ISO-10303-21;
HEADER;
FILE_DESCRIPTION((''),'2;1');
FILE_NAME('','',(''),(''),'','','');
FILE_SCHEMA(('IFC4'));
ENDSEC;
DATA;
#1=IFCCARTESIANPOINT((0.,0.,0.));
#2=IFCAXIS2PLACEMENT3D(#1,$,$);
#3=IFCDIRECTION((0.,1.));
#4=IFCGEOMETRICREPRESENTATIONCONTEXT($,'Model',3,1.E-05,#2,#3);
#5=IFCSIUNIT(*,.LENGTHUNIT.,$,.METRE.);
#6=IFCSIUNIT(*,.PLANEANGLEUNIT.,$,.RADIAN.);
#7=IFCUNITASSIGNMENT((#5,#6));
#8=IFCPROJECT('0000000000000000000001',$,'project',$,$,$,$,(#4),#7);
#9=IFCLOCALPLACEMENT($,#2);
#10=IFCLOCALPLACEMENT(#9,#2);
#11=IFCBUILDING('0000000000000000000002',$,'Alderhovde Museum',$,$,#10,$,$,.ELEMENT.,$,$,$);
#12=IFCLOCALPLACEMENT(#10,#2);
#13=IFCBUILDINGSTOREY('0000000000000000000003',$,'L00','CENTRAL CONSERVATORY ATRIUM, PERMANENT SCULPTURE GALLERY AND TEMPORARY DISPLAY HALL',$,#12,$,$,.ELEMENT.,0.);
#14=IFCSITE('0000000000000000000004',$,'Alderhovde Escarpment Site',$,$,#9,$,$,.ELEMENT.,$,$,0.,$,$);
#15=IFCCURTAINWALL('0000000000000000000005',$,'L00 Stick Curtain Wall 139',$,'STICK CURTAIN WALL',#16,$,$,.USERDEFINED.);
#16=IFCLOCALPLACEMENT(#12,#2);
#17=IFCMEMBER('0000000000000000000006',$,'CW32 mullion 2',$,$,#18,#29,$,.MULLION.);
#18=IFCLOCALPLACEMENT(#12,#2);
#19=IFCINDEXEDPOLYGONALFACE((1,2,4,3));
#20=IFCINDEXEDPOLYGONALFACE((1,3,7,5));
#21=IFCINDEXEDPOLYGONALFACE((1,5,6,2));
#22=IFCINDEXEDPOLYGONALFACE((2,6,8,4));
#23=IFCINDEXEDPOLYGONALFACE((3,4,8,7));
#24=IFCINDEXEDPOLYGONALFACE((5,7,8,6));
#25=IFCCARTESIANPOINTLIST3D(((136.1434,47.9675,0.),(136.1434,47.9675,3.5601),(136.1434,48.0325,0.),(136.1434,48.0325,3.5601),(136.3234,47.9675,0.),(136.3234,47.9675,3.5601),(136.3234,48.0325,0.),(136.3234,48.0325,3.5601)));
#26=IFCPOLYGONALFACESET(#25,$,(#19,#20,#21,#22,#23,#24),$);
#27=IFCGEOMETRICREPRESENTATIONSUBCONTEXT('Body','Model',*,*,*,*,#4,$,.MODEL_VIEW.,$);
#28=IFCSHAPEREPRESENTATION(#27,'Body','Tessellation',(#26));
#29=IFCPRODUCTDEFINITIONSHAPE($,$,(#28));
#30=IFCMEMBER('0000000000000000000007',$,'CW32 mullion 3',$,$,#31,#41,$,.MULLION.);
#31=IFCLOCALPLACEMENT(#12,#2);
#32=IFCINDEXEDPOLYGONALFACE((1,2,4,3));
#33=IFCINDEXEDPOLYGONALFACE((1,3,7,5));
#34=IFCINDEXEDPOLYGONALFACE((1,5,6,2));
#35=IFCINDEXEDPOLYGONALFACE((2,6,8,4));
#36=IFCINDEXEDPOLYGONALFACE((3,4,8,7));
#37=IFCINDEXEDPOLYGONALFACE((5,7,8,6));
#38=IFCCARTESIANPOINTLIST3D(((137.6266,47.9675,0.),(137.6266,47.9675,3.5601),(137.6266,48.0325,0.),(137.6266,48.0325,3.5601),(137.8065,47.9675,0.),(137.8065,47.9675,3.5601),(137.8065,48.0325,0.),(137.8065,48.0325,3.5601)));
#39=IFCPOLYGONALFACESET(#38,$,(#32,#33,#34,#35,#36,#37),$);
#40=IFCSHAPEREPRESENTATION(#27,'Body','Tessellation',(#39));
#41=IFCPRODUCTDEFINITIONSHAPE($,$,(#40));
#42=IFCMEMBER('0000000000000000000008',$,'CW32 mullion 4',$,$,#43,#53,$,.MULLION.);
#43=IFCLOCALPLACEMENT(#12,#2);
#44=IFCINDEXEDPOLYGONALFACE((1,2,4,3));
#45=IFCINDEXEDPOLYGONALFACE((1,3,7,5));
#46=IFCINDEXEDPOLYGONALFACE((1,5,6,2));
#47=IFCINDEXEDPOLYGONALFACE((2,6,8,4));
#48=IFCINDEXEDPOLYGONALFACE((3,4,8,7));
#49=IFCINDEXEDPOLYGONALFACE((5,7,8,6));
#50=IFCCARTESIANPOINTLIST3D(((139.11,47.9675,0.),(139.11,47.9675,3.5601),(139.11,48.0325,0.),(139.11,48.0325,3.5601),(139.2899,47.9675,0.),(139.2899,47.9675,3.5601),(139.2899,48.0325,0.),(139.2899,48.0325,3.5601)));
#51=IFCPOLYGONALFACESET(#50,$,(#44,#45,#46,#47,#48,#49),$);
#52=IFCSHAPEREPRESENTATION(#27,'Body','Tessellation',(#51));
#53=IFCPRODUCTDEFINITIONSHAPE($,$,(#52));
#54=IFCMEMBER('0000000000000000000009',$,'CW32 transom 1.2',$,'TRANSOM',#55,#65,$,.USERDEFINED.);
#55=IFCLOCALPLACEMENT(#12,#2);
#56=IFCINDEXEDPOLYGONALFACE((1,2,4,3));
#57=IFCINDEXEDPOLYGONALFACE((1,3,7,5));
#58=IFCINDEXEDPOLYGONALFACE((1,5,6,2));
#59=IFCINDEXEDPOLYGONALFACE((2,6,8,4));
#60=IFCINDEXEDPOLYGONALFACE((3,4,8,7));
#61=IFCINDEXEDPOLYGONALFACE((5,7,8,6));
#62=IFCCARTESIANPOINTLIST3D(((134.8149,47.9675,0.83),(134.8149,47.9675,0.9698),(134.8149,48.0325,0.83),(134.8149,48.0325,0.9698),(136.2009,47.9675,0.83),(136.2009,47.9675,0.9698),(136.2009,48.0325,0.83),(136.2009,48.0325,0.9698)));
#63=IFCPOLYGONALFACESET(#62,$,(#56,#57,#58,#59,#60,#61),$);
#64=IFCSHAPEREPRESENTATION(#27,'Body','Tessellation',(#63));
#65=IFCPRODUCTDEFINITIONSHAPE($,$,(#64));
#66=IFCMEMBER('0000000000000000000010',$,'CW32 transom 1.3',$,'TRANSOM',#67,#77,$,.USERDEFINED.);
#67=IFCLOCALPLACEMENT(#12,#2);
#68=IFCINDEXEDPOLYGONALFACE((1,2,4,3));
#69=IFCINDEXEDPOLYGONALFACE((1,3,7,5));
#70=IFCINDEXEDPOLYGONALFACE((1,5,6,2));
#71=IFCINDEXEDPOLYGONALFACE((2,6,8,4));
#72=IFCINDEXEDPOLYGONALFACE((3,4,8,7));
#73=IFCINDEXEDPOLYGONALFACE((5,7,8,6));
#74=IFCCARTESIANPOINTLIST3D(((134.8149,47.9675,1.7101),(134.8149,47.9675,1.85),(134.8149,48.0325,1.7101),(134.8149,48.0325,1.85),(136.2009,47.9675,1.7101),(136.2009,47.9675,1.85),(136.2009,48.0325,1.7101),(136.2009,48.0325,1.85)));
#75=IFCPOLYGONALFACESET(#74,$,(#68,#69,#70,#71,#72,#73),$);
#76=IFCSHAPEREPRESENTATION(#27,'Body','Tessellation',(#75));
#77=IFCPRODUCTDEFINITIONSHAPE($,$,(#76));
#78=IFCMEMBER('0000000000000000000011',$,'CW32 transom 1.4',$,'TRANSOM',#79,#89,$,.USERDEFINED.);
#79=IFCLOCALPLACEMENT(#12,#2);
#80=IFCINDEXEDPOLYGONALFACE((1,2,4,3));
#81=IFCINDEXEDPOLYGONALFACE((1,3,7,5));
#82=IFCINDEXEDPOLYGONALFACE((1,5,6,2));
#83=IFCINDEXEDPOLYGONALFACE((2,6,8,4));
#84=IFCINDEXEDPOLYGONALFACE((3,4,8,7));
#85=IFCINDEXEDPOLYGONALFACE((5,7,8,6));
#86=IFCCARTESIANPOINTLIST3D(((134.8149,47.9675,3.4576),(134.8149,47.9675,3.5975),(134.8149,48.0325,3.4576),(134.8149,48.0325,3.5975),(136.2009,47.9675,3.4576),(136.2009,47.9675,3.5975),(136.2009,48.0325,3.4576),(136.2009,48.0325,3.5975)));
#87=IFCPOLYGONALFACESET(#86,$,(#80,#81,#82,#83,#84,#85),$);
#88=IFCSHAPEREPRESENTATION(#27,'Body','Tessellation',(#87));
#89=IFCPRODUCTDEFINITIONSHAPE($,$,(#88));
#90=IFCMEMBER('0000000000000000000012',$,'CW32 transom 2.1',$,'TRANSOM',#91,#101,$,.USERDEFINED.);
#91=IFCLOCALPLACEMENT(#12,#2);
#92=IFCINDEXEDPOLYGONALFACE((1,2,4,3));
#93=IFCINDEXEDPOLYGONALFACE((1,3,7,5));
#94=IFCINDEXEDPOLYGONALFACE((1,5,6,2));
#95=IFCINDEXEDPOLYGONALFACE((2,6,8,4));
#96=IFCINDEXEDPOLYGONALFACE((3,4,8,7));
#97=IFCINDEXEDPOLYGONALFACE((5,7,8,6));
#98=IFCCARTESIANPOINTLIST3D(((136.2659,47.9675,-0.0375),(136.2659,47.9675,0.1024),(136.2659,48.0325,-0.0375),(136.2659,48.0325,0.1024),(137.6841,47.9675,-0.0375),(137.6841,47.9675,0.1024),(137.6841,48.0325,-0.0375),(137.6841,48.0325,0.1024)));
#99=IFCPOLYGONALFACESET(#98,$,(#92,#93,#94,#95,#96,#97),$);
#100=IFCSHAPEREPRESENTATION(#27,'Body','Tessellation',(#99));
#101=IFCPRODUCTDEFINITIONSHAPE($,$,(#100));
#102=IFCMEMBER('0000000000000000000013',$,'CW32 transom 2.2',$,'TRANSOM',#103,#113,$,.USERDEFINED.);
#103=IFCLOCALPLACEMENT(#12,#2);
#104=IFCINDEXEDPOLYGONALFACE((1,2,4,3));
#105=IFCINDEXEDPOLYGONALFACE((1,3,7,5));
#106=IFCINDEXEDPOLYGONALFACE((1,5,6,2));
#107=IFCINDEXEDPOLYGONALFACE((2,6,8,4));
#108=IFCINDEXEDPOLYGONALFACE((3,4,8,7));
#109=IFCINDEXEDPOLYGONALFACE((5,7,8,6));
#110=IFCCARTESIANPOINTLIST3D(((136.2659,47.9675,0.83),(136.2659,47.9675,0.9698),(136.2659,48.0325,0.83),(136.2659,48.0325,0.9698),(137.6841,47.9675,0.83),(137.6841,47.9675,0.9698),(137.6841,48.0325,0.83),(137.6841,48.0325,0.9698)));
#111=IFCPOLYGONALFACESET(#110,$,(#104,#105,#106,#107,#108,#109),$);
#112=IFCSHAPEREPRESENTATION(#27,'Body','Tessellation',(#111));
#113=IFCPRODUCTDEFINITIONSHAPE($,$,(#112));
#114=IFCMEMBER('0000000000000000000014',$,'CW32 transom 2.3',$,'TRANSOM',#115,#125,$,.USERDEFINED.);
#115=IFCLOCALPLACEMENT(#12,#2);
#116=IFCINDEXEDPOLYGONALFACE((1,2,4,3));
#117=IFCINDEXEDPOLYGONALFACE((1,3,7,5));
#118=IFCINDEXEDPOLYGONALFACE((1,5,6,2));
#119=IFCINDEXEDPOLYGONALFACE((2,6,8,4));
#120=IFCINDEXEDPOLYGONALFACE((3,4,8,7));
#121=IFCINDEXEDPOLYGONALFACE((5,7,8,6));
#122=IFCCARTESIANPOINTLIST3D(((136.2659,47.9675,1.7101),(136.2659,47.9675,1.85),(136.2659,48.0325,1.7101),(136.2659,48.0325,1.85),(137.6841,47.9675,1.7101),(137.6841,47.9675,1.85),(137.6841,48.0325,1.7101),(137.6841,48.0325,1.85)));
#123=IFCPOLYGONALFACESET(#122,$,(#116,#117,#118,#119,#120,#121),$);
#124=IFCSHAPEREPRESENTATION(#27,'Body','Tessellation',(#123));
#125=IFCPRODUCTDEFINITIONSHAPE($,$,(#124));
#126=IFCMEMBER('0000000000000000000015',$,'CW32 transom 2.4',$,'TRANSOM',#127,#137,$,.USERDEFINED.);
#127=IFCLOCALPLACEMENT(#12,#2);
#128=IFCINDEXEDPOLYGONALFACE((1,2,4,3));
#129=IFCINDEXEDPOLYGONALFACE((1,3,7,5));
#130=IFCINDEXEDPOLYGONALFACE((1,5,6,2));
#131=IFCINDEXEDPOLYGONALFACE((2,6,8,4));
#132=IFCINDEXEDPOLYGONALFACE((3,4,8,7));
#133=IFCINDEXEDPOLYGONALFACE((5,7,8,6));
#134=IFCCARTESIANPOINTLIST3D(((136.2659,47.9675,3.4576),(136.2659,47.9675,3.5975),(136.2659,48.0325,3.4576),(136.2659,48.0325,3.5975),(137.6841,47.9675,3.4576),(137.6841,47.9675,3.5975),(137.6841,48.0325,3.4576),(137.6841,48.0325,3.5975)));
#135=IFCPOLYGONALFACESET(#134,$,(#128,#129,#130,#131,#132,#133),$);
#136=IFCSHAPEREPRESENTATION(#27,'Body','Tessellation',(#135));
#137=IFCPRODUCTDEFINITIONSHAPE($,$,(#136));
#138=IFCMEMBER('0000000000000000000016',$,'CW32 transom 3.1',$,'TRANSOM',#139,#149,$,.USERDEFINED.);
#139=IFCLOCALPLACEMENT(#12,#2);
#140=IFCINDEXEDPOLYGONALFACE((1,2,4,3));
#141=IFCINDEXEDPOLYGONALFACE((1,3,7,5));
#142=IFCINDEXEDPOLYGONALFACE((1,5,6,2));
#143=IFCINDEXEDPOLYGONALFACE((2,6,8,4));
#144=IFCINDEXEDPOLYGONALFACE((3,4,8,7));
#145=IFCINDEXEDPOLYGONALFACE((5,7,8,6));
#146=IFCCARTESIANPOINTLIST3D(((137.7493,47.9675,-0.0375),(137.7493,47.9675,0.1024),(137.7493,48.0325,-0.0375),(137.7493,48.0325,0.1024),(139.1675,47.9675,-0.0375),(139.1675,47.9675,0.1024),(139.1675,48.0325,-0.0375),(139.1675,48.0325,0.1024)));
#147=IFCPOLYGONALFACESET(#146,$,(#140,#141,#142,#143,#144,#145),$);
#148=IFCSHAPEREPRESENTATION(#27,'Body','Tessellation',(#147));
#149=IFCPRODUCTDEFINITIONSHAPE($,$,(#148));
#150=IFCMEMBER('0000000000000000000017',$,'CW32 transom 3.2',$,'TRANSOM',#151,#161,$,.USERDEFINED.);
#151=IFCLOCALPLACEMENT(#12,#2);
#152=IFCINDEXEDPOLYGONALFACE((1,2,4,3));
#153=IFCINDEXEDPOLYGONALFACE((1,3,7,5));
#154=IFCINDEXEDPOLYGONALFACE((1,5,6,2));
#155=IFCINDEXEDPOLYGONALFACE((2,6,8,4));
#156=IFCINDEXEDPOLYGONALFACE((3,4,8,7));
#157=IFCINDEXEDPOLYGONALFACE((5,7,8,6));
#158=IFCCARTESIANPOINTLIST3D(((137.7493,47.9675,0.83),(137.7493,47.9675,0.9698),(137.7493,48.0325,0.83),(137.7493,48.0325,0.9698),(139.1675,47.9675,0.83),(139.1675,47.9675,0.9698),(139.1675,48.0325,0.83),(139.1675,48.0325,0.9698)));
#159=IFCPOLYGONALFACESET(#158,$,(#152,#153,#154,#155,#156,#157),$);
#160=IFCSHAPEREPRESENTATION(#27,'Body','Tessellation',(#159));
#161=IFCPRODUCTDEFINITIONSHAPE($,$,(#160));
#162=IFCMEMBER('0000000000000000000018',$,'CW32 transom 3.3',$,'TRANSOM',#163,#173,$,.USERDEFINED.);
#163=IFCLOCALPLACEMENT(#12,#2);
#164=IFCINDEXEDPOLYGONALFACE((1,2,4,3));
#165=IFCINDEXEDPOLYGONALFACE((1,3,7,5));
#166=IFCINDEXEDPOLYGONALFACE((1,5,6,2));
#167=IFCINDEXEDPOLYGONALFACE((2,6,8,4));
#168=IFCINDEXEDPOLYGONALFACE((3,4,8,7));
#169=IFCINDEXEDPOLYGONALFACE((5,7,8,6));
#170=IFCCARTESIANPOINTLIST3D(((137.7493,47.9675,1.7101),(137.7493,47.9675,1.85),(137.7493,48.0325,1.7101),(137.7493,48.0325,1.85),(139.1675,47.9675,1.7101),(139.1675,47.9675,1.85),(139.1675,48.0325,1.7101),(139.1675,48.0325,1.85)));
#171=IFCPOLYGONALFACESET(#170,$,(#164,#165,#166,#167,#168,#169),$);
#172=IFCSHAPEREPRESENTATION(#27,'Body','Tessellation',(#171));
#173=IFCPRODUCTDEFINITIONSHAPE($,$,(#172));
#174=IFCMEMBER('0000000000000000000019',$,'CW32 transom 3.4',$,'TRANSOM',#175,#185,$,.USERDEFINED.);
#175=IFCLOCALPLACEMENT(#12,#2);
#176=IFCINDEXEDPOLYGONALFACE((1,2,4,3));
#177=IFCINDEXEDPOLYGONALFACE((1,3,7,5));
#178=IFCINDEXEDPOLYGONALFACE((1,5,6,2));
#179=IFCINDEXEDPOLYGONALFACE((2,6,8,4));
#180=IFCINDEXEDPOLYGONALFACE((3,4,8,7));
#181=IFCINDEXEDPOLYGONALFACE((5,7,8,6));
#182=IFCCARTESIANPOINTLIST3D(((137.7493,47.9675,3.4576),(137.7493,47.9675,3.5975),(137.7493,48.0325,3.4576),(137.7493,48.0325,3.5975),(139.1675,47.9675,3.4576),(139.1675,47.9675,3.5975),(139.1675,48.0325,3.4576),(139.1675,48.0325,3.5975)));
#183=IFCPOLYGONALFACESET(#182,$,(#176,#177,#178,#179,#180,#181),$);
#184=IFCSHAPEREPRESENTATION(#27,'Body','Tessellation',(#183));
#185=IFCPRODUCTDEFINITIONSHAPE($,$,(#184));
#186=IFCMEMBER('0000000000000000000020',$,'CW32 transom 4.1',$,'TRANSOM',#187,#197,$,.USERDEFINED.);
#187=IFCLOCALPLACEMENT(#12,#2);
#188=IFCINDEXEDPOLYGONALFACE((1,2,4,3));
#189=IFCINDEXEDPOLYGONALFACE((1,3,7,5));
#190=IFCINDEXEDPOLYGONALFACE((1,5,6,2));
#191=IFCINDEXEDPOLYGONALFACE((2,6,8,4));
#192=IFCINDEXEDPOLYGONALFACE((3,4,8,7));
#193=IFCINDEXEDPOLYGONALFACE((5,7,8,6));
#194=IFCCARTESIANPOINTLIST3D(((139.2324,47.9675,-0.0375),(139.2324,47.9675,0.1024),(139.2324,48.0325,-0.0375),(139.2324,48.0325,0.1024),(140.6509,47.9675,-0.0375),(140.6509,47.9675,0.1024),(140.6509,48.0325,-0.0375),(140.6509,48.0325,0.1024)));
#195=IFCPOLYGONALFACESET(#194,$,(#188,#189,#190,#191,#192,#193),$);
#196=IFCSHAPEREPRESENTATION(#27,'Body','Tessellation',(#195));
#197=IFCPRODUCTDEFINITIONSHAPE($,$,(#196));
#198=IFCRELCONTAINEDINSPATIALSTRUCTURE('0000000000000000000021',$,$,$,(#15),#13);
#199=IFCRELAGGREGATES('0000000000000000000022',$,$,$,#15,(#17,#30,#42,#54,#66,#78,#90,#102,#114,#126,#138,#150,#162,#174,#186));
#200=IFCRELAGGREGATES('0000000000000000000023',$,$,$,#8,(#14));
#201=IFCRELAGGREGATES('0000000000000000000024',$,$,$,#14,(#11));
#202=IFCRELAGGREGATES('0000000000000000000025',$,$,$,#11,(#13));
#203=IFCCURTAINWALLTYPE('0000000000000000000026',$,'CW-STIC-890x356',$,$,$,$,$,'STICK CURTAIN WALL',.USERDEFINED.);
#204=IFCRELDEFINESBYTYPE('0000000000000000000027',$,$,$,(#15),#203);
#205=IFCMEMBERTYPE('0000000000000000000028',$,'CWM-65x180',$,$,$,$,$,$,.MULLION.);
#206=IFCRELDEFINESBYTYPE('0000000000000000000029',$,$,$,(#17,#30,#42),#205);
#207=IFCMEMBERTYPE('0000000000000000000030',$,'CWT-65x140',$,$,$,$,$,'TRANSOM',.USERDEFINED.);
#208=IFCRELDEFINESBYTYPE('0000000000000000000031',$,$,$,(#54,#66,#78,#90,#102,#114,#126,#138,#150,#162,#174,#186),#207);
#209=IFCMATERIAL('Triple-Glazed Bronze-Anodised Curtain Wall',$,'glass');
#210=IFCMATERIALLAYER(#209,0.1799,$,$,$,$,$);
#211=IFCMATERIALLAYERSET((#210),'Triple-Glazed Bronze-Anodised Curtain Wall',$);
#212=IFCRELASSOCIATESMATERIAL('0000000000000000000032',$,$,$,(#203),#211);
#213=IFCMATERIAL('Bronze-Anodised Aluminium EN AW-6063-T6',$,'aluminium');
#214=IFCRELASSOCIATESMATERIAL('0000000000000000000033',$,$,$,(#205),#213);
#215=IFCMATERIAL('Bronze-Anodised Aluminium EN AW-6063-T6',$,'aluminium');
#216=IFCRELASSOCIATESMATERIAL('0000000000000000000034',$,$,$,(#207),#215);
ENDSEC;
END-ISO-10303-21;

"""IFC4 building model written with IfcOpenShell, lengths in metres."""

from ifc_helpers import new_model, si_unit, direction, frame, origin, origin_2d, place, context, subcontext, project, spatial, rectangle, extrude, material, layer, layer_set, material_profile, profile_set, type_object, element, aggregate, save


model = new_model("IFC4")

# Units and contexts
model_context = context("Model", 3, precision=1e-05, world=origin(), true_north=direction((0.0, 1.0)))
body_context = subcontext(model_context, "Body", "Model", "MODEL_VIEW")
ifc_project = project(units=[si_unit("LENGTHUNIT", "METRE"), si_unit("PLANEANGLEUNIT", "RADIAN")], contexts=[model_context])

# Site, building, storey
site_placement = place(None, origin())
site = spatial("IfcSite", under=ifc_project, at=site_placement, Name="Alderhovde Escarpment Site", CompositionType="ELEMENT", RefElevation=0.0)
building_placement = place(site_placement, origin())
building = spatial("IfcBuilding", under=site, at=building_placement, Name="Alderhovde Museum", CompositionType="ELEMENT")
storey_placement = place(building_placement, origin())
storey = spatial("IfcBuildingStorey", under=building, at=storey_placement, Name="L00", Description="CENTRAL CONSERVATORY ATRIUM, PERMANENT SCULPTURE GALLERY AND TEMPORARY DISPLAY HALL", CompositionType="ELEMENT", Elevation=0.0)

# Curtain wall, members
ifc_material_1 = material(Name="Triple-Glazed Bronze-Anodised Curtain Wall", Category="glass")
ifc_layer_1 = layer(ifc_material_1, 0.1799)
ifc_layer_set_1 = layer_set([ifc_layer_1], Name="Triple-Glazed Bronze-Anodised Curtain Wall")
curtain_wall_type = type_object("IfcCurtainWallType", Name="CW-STIC-890x356", ElementType="STICK CURTAIN WALL", PredefinedType="USERDEFINED", material=ifc_layer_set_1)
curtain_wall_placement = place(storey_placement, origin())
curtain_wall = element("IfcCurtainWall", 1, at=curtain_wall_placement, inside=storey, type_object=curtain_wall_type, Name="L00 Stick Curtain Wall 139", ObjectType="STICK CURTAIN WALL", PredefinedType="USERDEFINED")
ifc_material_2 = material(Name="Bronze-Anodised Aluminium EN AW-6063-T6", Category="aluminium")
ifc_material_profile_1 = material_profile(ifc_material_2, rectangle(XDim=0.0649, YDim=0.1799, at=origin_2d()), Name="MULLION 65x180")
ifc_profile_set_1 = profile_set([ifc_material_profile_1], Name="Bronze-Anodised Aluminium EN AW-6063-T6")
member_type_1 = type_object("IfcMemberType", Name="CWM-65x180", PredefinedType="MULLION", material=ifc_profile_set_1)
member_1_placement = place(storey_placement, frame((136.2334, 48.0, 0.0), z_axis=(0.0, 0.0, 1.0), x_axis=(0.0, 1.0, 0.0)))
member_1 = element("IfcMember", 2, at=member_1_placement, type_object=member_type_1, Name="CW32 mullion 2", PredefinedType="MULLION", context=body_context, shape_type="SweptSolid", body=[
    extrude(rectangle(XDim=0.0649, YDim=0.1799, at=origin_2d()), origin(), (0.0, 0.0, 1.0), 3.5601),
])
member_2_placement = place(storey_placement, frame((137.7166, 48.0, 0.0), z_axis=(0.0, 0.0, 1.0), x_axis=(0.0, 1.0, 0.0)))
member_2 = element("IfcMember", 3, at=member_2_placement, type_object=member_type_1, Name="CW32 mullion 3", PredefinedType="MULLION", context=body_context, shape_type="SweptSolid", body=[
    extrude(rectangle(XDim=0.0649, YDim=0.1799, at=origin_2d()), origin(), (0.0, 0.0, 1.0), 3.5601),
])
member_3_placement = place(storey_placement, frame((139.2, 48.0, 0.0), z_axis=(0.0, 0.0, 1.0), x_axis=(0.0, 1.0, 0.0)))
member_3 = element("IfcMember", 4, at=member_3_placement, type_object=member_type_1, Name="CW32 mullion 4", PredefinedType="MULLION", context=body_context, shape_type="SweptSolid", body=[
    extrude(rectangle(XDim=0.0649, YDim=0.1799, at=origin_2d()), origin(), (0.0, 0.0, 1.0), 3.5601),
])
ifc_material_3 = material(Name="Bronze-Anodised Aluminium EN AW-6063-T6", Category="aluminium")
ifc_material_profile_2 = material_profile(ifc_material_3, rectangle(XDim=0.0649, YDim=0.1399, at=origin_2d()), Name="TRANSOM 65x140")
ifc_profile_set_2 = profile_set([ifc_material_profile_2], Name="Bronze-Anodised Aluminium EN AW-6063-T6")
member_type_2 = type_object("IfcMemberType", Name="CWT-65x140", ElementType="TRANSOM", PredefinedType="USERDEFINED", material=ifc_profile_set_2)
member_4_placement = place(storey_placement, frame((134.8149, 48.0, 0.8999), z_axis=(1.0, 0.0, 0.0), x_axis=(0.0, 1.0, 0.0)))
member_4 = element("IfcMember", 5, at=member_4_placement, type_object=member_type_2, Name="CW32 transom 1.2", ObjectType="TRANSOM", PredefinedType="USERDEFINED", context=body_context, shape_type="SweptSolid", body=[
    extrude(rectangle(XDim=0.0649, YDim=0.1399, at=origin_2d()), origin(), (0.0, 0.0, 1.0), 1.386),
])
member_5_placement = place(storey_placement, frame((134.8149, 48.0, 1.78), z_axis=(1.0, 0.0, 0.0), x_axis=(0.0, 1.0, 0.0)))
member_5 = element("IfcMember", 6, at=member_5_placement, type_object=member_type_2, Name="CW32 transom 1.3", ObjectType="TRANSOM", PredefinedType="USERDEFINED", context=body_context, shape_type="SweptSolid", body=[
    extrude(rectangle(XDim=0.0649, YDim=0.1399, at=origin_2d()), origin(), (0.0, 0.0, 1.0), 1.386),
])
member_6_placement = place(storey_placement, frame((134.8149, 48.0, 3.5276), z_axis=(1.0, 0.0, 0.0), x_axis=(0.0, 1.0, 0.0)))
member_6 = element("IfcMember", 7, at=member_6_placement, type_object=member_type_2, Name="CW32 transom 1.4", ObjectType="TRANSOM", PredefinedType="USERDEFINED", context=body_context, shape_type="SweptSolid", body=[
    extrude(rectangle(XDim=0.0649, YDim=0.1399, at=origin_2d()), origin(), (0.0, 0.0, 1.0), 1.386),
])
member_7_placement = place(storey_placement, frame((136.2659, 48.0, 0.0325), z_axis=(1.0, 0.0, 0.0), x_axis=(0.0, 1.0, 0.0)))
member_7 = element("IfcMember", 8, at=member_7_placement, type_object=member_type_2, Name="CW32 transom 2.1", ObjectType="TRANSOM", PredefinedType="USERDEFINED", context=body_context, shape_type="SweptSolid", body=[
    extrude(rectangle(XDim=0.0649, YDim=0.1399, at=origin_2d()), origin(), (0.0, 0.0, 1.0), 1.4182),
])
member_8_placement = place(storey_placement, frame((136.2659, 48.0, 0.8999), z_axis=(1.0, 0.0, 0.0), x_axis=(0.0, 1.0, 0.0)))
member_8 = element("IfcMember", 9, at=member_8_placement, type_object=member_type_2, Name="CW32 transom 2.2", ObjectType="TRANSOM", PredefinedType="USERDEFINED", context=body_context, shape_type="SweptSolid", body=[
    extrude(rectangle(XDim=0.0649, YDim=0.1399, at=origin_2d()), origin(), (0.0, 0.0, 1.0), 1.4182),
])
member_9_placement = place(storey_placement, frame((136.2659, 48.0, 1.78), z_axis=(1.0, 0.0, 0.0), x_axis=(0.0, 1.0, 0.0)))
member_9 = element("IfcMember", 10, at=member_9_placement, type_object=member_type_2, Name="CW32 transom 2.3", ObjectType="TRANSOM", PredefinedType="USERDEFINED", context=body_context, shape_type="SweptSolid", body=[
    extrude(rectangle(XDim=0.0649, YDim=0.1399, at=origin_2d()), origin(), (0.0, 0.0, 1.0), 1.4182),
])
member_10_placement = place(storey_placement, frame((136.2659, 48.0, 3.5276), z_axis=(1.0, 0.0, 0.0), x_axis=(0.0, 1.0, 0.0)))
member_10 = element("IfcMember", 11, at=member_10_placement, type_object=member_type_2, Name="CW32 transom 2.4", ObjectType="TRANSOM", PredefinedType="USERDEFINED", context=body_context, shape_type="SweptSolid", body=[
    extrude(rectangle(XDim=0.0649, YDim=0.1399, at=origin_2d()), origin(), (0.0, 0.0, 1.0), 1.4182),
])
member_11_placement = place(storey_placement, frame((137.7493, 48.0, 0.0325), z_axis=(1.0, 0.0, 0.0), x_axis=(0.0, 1.0, 0.0)))
member_11 = element("IfcMember", 12, at=member_11_placement, type_object=member_type_2, Name="CW32 transom 3.1", ObjectType="TRANSOM", PredefinedType="USERDEFINED", context=body_context, shape_type="SweptSolid", body=[
    extrude(rectangle(XDim=0.0649, YDim=0.1399, at=origin_2d()), origin(), (0.0, 0.0, 1.0), 1.4182),
])
member_12_placement = place(storey_placement, frame((137.7493, 48.0, 0.8999), z_axis=(1.0, 0.0, 0.0), x_axis=(0.0, 1.0, 0.0)))
member_12 = element("IfcMember", 13, at=member_12_placement, type_object=member_type_2, Name="CW32 transom 3.2", ObjectType="TRANSOM", PredefinedType="USERDEFINED", context=body_context, shape_type="SweptSolid", body=[
    extrude(rectangle(XDim=0.0649, YDim=0.1399, at=origin_2d()), origin(), (0.0, 0.0, 1.0), 1.4182),
])
member_13_placement = place(storey_placement, frame((137.7493, 48.0, 1.78), z_axis=(1.0, 0.0, 0.0), x_axis=(0.0, 1.0, 0.0)))
member_13 = element("IfcMember", 14, at=member_13_placement, type_object=member_type_2, Name="CW32 transom 3.3", ObjectType="TRANSOM", PredefinedType="USERDEFINED", context=body_context, shape_type="SweptSolid", body=[
    extrude(rectangle(XDim=0.0649, YDim=0.1399, at=origin_2d()), origin(), (0.0, 0.0, 1.0), 1.4182),
])
member_14_placement = place(storey_placement, frame((137.7493, 48.0, 3.5276), z_axis=(1.0, 0.0, 0.0), x_axis=(0.0, 1.0, 0.0)))
member_14 = element("IfcMember", 15, at=member_14_placement, type_object=member_type_2, Name="CW32 transom 3.4", ObjectType="TRANSOM", PredefinedType="USERDEFINED", context=body_context, shape_type="SweptSolid", body=[
    extrude(rectangle(XDim=0.0649, YDim=0.1399, at=origin_2d()), origin(), (0.0, 0.0, 1.0), 1.4182),
])
member_15_placement = place(storey_placement, frame((139.2324, 48.0, 0.0325), z_axis=(1.0, 0.0, 0.0), x_axis=(0.0, 1.0, 0.0)))
member_15 = element("IfcMember", 16, at=member_15_placement, type_object=member_type_2, Name="CW32 transom 4.1", ObjectType="TRANSOM", PredefinedType="USERDEFINED", context=body_context, shape_type="SweptSolid", body=[
    extrude(rectangle(XDim=0.0649, YDim=0.1399, at=origin_2d()), origin(), (0.0, 0.0, 1.0), 1.4185),
])
aggregate(curtain_wall, [member_1, member_2, member_3, member_4, member_5, member_6, member_7, member_8, member_9, member_10, member_11, member_12, member_13, member_14, member_15])

save(model, "model.ifc")
